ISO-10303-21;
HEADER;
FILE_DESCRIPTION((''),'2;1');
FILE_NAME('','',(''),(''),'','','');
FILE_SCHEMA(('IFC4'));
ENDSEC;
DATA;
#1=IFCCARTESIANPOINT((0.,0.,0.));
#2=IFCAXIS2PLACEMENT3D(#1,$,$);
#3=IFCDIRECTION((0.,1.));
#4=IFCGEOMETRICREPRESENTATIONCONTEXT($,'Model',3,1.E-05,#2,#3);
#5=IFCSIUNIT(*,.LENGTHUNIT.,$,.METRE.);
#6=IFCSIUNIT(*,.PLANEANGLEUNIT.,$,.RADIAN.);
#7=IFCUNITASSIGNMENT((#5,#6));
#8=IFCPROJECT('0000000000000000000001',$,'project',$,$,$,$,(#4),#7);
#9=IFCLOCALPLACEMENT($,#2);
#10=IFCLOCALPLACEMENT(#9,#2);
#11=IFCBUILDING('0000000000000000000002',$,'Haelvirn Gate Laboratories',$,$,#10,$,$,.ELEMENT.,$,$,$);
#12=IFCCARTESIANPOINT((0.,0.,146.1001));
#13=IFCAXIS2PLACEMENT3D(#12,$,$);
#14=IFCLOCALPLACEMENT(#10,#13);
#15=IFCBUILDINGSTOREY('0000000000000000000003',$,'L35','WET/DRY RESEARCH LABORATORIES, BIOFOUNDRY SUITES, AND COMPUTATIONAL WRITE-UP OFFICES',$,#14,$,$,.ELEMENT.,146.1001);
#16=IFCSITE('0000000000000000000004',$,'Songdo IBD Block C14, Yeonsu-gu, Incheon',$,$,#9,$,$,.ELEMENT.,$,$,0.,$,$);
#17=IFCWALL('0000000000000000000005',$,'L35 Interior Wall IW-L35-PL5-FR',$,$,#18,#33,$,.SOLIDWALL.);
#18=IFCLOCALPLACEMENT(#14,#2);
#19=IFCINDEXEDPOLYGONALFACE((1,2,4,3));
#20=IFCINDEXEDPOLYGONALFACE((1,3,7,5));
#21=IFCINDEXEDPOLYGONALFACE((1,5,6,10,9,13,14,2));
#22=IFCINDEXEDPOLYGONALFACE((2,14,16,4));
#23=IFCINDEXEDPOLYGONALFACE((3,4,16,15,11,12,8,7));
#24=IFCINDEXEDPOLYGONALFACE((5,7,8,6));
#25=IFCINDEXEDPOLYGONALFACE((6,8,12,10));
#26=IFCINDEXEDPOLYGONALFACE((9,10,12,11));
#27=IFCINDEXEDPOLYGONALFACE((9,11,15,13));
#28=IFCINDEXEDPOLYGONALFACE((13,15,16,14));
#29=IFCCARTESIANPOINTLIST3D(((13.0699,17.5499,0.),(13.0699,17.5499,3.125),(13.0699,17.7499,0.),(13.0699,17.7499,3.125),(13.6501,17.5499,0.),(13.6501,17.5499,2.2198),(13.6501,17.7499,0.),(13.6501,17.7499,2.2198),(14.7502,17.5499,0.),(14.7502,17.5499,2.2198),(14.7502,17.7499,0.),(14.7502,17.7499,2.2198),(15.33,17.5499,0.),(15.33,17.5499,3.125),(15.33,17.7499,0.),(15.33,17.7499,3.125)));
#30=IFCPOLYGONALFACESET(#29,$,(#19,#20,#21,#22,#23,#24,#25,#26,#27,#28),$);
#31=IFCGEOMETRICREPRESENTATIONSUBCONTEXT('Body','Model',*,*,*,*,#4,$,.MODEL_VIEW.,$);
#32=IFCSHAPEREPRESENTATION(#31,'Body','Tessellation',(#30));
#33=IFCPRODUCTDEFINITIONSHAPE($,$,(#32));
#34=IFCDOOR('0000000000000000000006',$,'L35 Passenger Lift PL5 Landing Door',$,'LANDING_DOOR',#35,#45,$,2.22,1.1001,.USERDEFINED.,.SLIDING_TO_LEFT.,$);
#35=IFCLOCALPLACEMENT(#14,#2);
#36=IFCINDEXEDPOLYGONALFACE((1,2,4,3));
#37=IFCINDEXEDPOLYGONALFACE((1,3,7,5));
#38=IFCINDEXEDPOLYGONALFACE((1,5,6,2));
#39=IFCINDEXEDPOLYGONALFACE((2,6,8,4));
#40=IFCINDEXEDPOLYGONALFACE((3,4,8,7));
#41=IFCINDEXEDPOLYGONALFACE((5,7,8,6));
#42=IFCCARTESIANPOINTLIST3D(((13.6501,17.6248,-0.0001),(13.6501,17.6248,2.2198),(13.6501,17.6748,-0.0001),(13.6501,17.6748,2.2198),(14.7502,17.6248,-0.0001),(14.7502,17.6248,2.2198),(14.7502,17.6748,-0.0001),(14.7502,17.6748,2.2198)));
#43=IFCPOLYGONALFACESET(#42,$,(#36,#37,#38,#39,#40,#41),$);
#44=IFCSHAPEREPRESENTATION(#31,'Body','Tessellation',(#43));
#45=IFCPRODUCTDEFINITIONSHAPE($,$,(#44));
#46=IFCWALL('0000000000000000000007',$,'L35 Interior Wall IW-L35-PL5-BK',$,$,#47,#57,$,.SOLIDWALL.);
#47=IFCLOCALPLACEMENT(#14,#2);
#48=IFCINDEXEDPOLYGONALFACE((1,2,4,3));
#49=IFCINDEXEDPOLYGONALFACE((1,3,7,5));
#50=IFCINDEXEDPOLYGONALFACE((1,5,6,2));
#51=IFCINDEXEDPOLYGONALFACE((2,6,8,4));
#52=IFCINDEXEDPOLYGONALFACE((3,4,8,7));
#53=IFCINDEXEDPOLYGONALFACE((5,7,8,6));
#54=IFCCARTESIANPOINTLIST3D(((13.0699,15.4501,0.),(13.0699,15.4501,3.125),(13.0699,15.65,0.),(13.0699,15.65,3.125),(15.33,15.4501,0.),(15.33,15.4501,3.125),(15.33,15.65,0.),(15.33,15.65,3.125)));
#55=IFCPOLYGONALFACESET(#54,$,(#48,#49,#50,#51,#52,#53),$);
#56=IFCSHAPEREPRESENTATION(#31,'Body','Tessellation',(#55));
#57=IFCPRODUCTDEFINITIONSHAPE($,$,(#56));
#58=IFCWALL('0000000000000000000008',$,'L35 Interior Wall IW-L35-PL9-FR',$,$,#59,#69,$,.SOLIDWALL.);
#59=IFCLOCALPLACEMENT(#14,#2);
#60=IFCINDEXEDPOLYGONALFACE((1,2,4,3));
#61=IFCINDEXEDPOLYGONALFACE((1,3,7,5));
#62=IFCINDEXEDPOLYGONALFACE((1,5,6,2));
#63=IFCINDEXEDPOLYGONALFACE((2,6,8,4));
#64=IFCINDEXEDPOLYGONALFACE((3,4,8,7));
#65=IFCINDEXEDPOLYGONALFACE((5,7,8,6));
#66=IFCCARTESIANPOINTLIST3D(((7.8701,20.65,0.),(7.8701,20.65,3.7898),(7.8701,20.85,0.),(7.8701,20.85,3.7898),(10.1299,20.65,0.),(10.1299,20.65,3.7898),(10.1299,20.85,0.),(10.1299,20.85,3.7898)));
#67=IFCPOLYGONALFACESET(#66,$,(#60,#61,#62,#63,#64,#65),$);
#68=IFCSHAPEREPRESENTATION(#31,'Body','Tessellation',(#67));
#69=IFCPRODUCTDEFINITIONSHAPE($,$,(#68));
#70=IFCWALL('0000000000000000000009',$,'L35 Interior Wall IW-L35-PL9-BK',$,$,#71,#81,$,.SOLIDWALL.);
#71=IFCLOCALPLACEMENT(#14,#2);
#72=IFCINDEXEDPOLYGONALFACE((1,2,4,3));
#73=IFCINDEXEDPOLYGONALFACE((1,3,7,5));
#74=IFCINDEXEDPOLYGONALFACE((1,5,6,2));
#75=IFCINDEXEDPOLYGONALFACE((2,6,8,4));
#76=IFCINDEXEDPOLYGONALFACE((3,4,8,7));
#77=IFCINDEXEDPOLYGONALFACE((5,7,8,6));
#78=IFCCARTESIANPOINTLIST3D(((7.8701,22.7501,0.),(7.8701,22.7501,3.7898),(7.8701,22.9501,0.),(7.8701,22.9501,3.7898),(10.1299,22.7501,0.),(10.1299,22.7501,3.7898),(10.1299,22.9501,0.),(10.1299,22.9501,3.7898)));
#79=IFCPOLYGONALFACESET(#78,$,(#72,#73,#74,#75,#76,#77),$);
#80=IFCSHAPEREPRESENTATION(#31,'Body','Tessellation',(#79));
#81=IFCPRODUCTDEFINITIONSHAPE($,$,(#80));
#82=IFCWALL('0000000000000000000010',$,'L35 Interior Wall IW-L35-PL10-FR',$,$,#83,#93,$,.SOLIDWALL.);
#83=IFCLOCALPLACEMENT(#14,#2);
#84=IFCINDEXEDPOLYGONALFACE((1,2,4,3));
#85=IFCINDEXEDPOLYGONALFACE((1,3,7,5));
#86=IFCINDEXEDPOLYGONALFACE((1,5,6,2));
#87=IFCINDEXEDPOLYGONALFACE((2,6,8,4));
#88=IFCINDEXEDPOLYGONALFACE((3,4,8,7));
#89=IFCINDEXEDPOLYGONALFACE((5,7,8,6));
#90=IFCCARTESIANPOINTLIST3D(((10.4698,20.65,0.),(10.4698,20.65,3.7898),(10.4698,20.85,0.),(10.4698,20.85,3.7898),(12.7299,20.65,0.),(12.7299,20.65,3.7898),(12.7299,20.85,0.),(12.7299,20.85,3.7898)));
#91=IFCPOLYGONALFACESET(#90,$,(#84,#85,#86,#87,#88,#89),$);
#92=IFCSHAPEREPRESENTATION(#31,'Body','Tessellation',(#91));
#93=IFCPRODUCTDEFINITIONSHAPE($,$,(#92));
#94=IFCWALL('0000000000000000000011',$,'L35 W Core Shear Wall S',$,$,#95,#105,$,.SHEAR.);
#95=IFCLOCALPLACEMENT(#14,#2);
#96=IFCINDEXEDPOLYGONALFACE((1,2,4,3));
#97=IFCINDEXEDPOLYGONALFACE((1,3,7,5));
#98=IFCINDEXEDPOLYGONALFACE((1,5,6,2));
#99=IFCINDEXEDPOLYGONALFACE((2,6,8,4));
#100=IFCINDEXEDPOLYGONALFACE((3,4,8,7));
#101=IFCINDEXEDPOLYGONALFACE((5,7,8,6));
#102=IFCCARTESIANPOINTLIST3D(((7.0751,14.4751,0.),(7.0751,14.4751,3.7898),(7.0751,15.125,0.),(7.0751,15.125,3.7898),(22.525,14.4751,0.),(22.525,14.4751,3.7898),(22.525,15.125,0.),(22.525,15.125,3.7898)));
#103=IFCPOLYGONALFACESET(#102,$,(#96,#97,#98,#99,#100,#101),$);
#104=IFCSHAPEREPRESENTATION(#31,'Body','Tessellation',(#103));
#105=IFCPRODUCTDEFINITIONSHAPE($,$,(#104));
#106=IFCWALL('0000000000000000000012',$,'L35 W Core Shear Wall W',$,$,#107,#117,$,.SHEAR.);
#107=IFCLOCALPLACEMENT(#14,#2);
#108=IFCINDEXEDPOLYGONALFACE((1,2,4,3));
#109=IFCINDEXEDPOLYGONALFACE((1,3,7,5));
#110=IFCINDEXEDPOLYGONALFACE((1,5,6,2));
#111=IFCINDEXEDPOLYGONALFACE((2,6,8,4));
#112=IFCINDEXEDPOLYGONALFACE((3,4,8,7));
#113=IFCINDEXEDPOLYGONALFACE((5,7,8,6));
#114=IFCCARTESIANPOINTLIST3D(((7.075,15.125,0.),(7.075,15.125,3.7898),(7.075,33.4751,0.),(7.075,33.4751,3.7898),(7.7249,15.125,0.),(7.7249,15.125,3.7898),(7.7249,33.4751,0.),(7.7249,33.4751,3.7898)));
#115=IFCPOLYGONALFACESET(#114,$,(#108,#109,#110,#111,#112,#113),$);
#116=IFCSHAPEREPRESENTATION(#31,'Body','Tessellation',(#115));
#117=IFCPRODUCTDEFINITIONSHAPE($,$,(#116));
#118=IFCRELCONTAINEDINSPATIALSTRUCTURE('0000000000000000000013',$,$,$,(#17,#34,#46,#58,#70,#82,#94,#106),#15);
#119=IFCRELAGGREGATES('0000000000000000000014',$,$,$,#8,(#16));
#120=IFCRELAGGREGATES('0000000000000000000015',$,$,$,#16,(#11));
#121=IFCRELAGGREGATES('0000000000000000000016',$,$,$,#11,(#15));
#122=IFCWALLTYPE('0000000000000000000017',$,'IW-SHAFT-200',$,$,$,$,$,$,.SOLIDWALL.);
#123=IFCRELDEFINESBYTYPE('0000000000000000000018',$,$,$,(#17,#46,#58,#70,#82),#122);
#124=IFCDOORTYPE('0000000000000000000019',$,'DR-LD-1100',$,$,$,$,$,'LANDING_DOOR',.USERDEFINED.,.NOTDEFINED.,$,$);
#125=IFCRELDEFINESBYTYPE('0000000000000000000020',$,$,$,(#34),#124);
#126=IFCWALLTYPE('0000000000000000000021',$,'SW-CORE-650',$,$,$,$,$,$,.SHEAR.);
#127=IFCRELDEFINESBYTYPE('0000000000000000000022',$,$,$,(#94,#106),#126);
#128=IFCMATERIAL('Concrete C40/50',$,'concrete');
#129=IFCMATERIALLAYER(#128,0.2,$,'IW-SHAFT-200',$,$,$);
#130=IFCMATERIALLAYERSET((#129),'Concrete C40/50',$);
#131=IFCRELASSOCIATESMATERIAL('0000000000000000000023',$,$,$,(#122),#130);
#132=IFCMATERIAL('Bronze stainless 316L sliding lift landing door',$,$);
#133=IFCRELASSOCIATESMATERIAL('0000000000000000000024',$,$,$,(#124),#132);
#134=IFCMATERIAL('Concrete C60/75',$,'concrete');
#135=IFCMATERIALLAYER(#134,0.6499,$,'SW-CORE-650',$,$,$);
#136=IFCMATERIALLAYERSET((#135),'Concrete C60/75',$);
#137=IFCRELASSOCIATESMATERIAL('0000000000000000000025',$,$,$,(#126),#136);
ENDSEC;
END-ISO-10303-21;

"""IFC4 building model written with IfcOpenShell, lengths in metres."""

from ifc_helpers import new_model, si_unit, direction, frame, frame_2d, origin, place, context, subcontext, project, spatial, rectangle, extrude, source, transform, mapped, material, layer, layer_set, type_object, type_shapes, element, fill, save


model = new_model("IFC4")

# Units and contexts
model_context = context("Model", 3, precision=1e-05, world=origin(), true_north=direction((0.0, 1.0)))
body_context = subcontext(model_context, "Body", "Model", "MODEL_VIEW")
ifc_project = project(units=[si_unit("LENGTHUNIT", "METRE"), si_unit("PLANEANGLEUNIT", "RADIAN")], contexts=[model_context])

# Site, building, storey
site_placement = place(None, origin())
site = spatial("IfcSite", under=ifc_project, at=site_placement, Name="Songdo IBD Block C14, Yeonsu-gu, Incheon", CompositionType="ELEMENT", RefElevation=0.0)
building_placement = place(site_placement, origin())
building = spatial("IfcBuilding", under=site, at=building_placement, Name="Haelvirn Gate Laboratories", CompositionType="ELEMENT")
storey_placement = place(building_placement, frame((0.0, 0.0, 146.1001)))
storey = spatial("IfcBuildingStorey", under=building, at=storey_placement, Name="L35", Description="WET/DRY RESEARCH LABORATORIES, BIOFOUNDRY SUITES, AND COMPUTATIONAL WRITE-UP OFFICES", CompositionType="ELEMENT", Elevation=146.1001)

# Shared definitions
ifc_material_1 = material(Name="Concrete C60/75", Category="concrete")

# Shared definitions
ifc_material_2 = material(Name="Concrete C40/50", Category="concrete")

# Wall, opening, door
ifc_layer_1 = layer(ifc_material_2, 0.2, Name="IW-SHAFT-200")
ifc_layer_set_1 = layer_set([ifc_layer_1], Name="Concrete C40/50")
wall_type_1 = type_object("IfcWallType", Name="IW-SHAFT-200", PredefinedType="SOLIDWALL", material=ifc_layer_set_1)
wall_1_placement = place(storey_placement, frame((13.0701, 17.6499, 0.0), z_axis=(0.0, 0.0, 1.0), x_axis=(1.0, 0.0, 0.0)))
wall_1 = element("IfcWall", 1, at=wall_1_placement, inside=storey, type_object=wall_type_1, Name="L35 Interior Wall IW-L35-PL5-FR", PredefinedType="SOLIDWALL", context=body_context, shape_type="SweptSolid", body=[
    extrude(rectangle(XDim=2.26, YDim=0.2, at=frame_2d((1.1299, 0.0))), origin(), (0.0, 0.0, 1.0), 3.125),
])
opening_1_placement = place(wall_1_placement, frame((0.5801, 0.0, 0.0)))
opening_1 = element("IfcOpeningElement", 2, at=opening_1_placement, cuts=wall_1, PredefinedType="OPENING", context=body_context, shape_type="SweptSolid", body=[
    extrude(rectangle(XDim=1.1001, YDim=2.22, at=frame_2d((0.55, 1.1099))), frame((0.0, 0.1099, 0.0), z_axis=(0.0, -1.0, 0.0), x_axis=(1.0, 0.0, 0.0)), (0.0, 0.0, 1.0), 0.22),
])
ifc_material_3 = material(Name="Bronze stainless 316L sliding lift landing door")
door_type_1 = type_object("IfcDoorType", Name="DR-LD-1100", ElementType="LANDING_DOOR", OperationType="NOTDEFINED", PredefinedType="USERDEFINED", material=ifc_material_3)
shared_shape_1 = source(origin(), body_context, "Body", "SweptSolid", [
    extrude(rectangle(XDim=1.1001, YDim=2.22, at=frame_2d((0.55, 1.1099))), frame((0.0, 0.0249, 0.0), z_axis=(0.0, -1.0, 0.0), x_axis=(1.0, 0.0, 0.0)), (0.0, 0.0, 1.0), 0.05),
])
type_shapes(door_type_1, [shared_shape_1])
door_1_placement = place(opening_1_placement, origin())
door_1 = element("IfcDoor", 3, at=door_1_placement, inside=storey, type_object=door_type_1, Name="L35 Passenger Lift PL5 Landing Door", ObjectType="LANDING_DOOR", OperationType="SLIDING_TO_LEFT", OverallHeight=2.22, OverallWidth=1.1001, PredefinedType="USERDEFINED", context=body_context, shape_type="MappedRepresentation", body=[
    mapped(shared_shape_1, transform((0.0, 0.0, 0.0), scale=1.0)),
])
fill(opening_1, door_1)

# Walls
wall_2_placement = place(storey_placement, frame((13.0701, 15.55, 0.0), z_axis=(0.0, 0.0, 1.0), x_axis=(1.0, 0.0, 0.0)))
element("IfcWall", 4, at=wall_2_placement, inside=storey, type_object=wall_type_1, Name="L35 Interior Wall IW-L35-PL5-BK", PredefinedType="SOLIDWALL", context=body_context, shape_type="SweptSolid", body=[
    extrude(rectangle(XDim=2.26, YDim=0.2, at=frame_2d((1.1299, 0.0))), origin(), (0.0, 0.0, 1.0), 3.125),
])
for number, where, z_axis, x_axis, name in (
    (5, (7.8701, 20.75, 0.0), (0.0, 0.0, 1.0), (1.0, 0.0, 0.0), "L35 Interior Wall IW-L35-PL9-FR"),
    (6, (7.8701, 22.8501, 0.0), (0.0, 0.0, 1.0), (1.0, 0.0, 0.0), "L35 Interior Wall IW-L35-PL9-BK"),
):
    element("IfcWall", number, at=place(storey_placement, frame(where, z_axis=z_axis, x_axis=x_axis)), inside=storey, type_object=wall_type_1, Name=name, PredefinedType="SOLIDWALL", context=body_context, shape_type="SweptSolid", body=[
        extrude(rectangle(XDim=2.2598, YDim=0.2, at=frame_2d((1.1299, 0.0))), origin(), (0.0, 0.0, 1.0), 3.7898),
    ])
wall_3_placement = place(storey_placement, frame((10.47, 20.75, 0.0), z_axis=(0.0, 0.0, 1.0), x_axis=(1.0, 0.0, 0.0)))
element("IfcWall", 7, at=wall_3_placement, inside=storey, type_object=wall_type_1, Name="L35 Interior Wall IW-L35-PL10-FR", PredefinedType="SOLIDWALL", context=body_context, shape_type="SweptSolid", body=[
    extrude(rectangle(XDim=2.26, YDim=0.2, at=frame_2d((1.1299, 0.0))), origin(), (0.0, 0.0, 1.0), 3.7898),
])
ifc_layer_2 = layer(ifc_material_1, 0.6499, Name="SW-CORE-650")
ifc_layer_set_2 = layer_set([ifc_layer_2], Name="Concrete C60/75")
wall_type_2 = type_object("IfcWallType", Name="SW-CORE-650", PredefinedType="SHEAR", material=ifc_layer_set_2)
wall_4_placement = place(storey_placement, frame((7.075, 14.8, 0.0), z_axis=(0.0, 0.0, 1.0), x_axis=(1.0, 0.0, 0.0)))
element("IfcWall", 8, at=wall_4_placement, inside=storey, type_object=wall_type_2, Name="L35 W Core Shear Wall S", PredefinedType="SHEAR", context=body_context, shape_type="SweptSolid", body=[
    extrude(rectangle(XDim=15.45, YDim=0.6499, at=frame_2d((7.7251, 0.0))), origin(), (0.0, 0.0, 1.0), 3.7898),
])
wall_5_placement = place(storey_placement, frame((7.3999, 15.125, 0.0), z_axis=(0.0, 0.0, 1.0), x_axis=(0.0, 1.0, 0.0)))
element("IfcWall", 9, at=wall_5_placement, inside=storey, type_object=wall_type_2, Name="L35 W Core Shear Wall W", PredefinedType="SHEAR", context=body_context, shape_type="SweptSolid", body=[
    extrude(rectangle(XDim=18.3501, YDim=0.6499, at=frame_2d((9.175, 0.0))), origin(), (0.0, 0.0, 1.0), 3.7898),
])

save(model, "model.ifc")
